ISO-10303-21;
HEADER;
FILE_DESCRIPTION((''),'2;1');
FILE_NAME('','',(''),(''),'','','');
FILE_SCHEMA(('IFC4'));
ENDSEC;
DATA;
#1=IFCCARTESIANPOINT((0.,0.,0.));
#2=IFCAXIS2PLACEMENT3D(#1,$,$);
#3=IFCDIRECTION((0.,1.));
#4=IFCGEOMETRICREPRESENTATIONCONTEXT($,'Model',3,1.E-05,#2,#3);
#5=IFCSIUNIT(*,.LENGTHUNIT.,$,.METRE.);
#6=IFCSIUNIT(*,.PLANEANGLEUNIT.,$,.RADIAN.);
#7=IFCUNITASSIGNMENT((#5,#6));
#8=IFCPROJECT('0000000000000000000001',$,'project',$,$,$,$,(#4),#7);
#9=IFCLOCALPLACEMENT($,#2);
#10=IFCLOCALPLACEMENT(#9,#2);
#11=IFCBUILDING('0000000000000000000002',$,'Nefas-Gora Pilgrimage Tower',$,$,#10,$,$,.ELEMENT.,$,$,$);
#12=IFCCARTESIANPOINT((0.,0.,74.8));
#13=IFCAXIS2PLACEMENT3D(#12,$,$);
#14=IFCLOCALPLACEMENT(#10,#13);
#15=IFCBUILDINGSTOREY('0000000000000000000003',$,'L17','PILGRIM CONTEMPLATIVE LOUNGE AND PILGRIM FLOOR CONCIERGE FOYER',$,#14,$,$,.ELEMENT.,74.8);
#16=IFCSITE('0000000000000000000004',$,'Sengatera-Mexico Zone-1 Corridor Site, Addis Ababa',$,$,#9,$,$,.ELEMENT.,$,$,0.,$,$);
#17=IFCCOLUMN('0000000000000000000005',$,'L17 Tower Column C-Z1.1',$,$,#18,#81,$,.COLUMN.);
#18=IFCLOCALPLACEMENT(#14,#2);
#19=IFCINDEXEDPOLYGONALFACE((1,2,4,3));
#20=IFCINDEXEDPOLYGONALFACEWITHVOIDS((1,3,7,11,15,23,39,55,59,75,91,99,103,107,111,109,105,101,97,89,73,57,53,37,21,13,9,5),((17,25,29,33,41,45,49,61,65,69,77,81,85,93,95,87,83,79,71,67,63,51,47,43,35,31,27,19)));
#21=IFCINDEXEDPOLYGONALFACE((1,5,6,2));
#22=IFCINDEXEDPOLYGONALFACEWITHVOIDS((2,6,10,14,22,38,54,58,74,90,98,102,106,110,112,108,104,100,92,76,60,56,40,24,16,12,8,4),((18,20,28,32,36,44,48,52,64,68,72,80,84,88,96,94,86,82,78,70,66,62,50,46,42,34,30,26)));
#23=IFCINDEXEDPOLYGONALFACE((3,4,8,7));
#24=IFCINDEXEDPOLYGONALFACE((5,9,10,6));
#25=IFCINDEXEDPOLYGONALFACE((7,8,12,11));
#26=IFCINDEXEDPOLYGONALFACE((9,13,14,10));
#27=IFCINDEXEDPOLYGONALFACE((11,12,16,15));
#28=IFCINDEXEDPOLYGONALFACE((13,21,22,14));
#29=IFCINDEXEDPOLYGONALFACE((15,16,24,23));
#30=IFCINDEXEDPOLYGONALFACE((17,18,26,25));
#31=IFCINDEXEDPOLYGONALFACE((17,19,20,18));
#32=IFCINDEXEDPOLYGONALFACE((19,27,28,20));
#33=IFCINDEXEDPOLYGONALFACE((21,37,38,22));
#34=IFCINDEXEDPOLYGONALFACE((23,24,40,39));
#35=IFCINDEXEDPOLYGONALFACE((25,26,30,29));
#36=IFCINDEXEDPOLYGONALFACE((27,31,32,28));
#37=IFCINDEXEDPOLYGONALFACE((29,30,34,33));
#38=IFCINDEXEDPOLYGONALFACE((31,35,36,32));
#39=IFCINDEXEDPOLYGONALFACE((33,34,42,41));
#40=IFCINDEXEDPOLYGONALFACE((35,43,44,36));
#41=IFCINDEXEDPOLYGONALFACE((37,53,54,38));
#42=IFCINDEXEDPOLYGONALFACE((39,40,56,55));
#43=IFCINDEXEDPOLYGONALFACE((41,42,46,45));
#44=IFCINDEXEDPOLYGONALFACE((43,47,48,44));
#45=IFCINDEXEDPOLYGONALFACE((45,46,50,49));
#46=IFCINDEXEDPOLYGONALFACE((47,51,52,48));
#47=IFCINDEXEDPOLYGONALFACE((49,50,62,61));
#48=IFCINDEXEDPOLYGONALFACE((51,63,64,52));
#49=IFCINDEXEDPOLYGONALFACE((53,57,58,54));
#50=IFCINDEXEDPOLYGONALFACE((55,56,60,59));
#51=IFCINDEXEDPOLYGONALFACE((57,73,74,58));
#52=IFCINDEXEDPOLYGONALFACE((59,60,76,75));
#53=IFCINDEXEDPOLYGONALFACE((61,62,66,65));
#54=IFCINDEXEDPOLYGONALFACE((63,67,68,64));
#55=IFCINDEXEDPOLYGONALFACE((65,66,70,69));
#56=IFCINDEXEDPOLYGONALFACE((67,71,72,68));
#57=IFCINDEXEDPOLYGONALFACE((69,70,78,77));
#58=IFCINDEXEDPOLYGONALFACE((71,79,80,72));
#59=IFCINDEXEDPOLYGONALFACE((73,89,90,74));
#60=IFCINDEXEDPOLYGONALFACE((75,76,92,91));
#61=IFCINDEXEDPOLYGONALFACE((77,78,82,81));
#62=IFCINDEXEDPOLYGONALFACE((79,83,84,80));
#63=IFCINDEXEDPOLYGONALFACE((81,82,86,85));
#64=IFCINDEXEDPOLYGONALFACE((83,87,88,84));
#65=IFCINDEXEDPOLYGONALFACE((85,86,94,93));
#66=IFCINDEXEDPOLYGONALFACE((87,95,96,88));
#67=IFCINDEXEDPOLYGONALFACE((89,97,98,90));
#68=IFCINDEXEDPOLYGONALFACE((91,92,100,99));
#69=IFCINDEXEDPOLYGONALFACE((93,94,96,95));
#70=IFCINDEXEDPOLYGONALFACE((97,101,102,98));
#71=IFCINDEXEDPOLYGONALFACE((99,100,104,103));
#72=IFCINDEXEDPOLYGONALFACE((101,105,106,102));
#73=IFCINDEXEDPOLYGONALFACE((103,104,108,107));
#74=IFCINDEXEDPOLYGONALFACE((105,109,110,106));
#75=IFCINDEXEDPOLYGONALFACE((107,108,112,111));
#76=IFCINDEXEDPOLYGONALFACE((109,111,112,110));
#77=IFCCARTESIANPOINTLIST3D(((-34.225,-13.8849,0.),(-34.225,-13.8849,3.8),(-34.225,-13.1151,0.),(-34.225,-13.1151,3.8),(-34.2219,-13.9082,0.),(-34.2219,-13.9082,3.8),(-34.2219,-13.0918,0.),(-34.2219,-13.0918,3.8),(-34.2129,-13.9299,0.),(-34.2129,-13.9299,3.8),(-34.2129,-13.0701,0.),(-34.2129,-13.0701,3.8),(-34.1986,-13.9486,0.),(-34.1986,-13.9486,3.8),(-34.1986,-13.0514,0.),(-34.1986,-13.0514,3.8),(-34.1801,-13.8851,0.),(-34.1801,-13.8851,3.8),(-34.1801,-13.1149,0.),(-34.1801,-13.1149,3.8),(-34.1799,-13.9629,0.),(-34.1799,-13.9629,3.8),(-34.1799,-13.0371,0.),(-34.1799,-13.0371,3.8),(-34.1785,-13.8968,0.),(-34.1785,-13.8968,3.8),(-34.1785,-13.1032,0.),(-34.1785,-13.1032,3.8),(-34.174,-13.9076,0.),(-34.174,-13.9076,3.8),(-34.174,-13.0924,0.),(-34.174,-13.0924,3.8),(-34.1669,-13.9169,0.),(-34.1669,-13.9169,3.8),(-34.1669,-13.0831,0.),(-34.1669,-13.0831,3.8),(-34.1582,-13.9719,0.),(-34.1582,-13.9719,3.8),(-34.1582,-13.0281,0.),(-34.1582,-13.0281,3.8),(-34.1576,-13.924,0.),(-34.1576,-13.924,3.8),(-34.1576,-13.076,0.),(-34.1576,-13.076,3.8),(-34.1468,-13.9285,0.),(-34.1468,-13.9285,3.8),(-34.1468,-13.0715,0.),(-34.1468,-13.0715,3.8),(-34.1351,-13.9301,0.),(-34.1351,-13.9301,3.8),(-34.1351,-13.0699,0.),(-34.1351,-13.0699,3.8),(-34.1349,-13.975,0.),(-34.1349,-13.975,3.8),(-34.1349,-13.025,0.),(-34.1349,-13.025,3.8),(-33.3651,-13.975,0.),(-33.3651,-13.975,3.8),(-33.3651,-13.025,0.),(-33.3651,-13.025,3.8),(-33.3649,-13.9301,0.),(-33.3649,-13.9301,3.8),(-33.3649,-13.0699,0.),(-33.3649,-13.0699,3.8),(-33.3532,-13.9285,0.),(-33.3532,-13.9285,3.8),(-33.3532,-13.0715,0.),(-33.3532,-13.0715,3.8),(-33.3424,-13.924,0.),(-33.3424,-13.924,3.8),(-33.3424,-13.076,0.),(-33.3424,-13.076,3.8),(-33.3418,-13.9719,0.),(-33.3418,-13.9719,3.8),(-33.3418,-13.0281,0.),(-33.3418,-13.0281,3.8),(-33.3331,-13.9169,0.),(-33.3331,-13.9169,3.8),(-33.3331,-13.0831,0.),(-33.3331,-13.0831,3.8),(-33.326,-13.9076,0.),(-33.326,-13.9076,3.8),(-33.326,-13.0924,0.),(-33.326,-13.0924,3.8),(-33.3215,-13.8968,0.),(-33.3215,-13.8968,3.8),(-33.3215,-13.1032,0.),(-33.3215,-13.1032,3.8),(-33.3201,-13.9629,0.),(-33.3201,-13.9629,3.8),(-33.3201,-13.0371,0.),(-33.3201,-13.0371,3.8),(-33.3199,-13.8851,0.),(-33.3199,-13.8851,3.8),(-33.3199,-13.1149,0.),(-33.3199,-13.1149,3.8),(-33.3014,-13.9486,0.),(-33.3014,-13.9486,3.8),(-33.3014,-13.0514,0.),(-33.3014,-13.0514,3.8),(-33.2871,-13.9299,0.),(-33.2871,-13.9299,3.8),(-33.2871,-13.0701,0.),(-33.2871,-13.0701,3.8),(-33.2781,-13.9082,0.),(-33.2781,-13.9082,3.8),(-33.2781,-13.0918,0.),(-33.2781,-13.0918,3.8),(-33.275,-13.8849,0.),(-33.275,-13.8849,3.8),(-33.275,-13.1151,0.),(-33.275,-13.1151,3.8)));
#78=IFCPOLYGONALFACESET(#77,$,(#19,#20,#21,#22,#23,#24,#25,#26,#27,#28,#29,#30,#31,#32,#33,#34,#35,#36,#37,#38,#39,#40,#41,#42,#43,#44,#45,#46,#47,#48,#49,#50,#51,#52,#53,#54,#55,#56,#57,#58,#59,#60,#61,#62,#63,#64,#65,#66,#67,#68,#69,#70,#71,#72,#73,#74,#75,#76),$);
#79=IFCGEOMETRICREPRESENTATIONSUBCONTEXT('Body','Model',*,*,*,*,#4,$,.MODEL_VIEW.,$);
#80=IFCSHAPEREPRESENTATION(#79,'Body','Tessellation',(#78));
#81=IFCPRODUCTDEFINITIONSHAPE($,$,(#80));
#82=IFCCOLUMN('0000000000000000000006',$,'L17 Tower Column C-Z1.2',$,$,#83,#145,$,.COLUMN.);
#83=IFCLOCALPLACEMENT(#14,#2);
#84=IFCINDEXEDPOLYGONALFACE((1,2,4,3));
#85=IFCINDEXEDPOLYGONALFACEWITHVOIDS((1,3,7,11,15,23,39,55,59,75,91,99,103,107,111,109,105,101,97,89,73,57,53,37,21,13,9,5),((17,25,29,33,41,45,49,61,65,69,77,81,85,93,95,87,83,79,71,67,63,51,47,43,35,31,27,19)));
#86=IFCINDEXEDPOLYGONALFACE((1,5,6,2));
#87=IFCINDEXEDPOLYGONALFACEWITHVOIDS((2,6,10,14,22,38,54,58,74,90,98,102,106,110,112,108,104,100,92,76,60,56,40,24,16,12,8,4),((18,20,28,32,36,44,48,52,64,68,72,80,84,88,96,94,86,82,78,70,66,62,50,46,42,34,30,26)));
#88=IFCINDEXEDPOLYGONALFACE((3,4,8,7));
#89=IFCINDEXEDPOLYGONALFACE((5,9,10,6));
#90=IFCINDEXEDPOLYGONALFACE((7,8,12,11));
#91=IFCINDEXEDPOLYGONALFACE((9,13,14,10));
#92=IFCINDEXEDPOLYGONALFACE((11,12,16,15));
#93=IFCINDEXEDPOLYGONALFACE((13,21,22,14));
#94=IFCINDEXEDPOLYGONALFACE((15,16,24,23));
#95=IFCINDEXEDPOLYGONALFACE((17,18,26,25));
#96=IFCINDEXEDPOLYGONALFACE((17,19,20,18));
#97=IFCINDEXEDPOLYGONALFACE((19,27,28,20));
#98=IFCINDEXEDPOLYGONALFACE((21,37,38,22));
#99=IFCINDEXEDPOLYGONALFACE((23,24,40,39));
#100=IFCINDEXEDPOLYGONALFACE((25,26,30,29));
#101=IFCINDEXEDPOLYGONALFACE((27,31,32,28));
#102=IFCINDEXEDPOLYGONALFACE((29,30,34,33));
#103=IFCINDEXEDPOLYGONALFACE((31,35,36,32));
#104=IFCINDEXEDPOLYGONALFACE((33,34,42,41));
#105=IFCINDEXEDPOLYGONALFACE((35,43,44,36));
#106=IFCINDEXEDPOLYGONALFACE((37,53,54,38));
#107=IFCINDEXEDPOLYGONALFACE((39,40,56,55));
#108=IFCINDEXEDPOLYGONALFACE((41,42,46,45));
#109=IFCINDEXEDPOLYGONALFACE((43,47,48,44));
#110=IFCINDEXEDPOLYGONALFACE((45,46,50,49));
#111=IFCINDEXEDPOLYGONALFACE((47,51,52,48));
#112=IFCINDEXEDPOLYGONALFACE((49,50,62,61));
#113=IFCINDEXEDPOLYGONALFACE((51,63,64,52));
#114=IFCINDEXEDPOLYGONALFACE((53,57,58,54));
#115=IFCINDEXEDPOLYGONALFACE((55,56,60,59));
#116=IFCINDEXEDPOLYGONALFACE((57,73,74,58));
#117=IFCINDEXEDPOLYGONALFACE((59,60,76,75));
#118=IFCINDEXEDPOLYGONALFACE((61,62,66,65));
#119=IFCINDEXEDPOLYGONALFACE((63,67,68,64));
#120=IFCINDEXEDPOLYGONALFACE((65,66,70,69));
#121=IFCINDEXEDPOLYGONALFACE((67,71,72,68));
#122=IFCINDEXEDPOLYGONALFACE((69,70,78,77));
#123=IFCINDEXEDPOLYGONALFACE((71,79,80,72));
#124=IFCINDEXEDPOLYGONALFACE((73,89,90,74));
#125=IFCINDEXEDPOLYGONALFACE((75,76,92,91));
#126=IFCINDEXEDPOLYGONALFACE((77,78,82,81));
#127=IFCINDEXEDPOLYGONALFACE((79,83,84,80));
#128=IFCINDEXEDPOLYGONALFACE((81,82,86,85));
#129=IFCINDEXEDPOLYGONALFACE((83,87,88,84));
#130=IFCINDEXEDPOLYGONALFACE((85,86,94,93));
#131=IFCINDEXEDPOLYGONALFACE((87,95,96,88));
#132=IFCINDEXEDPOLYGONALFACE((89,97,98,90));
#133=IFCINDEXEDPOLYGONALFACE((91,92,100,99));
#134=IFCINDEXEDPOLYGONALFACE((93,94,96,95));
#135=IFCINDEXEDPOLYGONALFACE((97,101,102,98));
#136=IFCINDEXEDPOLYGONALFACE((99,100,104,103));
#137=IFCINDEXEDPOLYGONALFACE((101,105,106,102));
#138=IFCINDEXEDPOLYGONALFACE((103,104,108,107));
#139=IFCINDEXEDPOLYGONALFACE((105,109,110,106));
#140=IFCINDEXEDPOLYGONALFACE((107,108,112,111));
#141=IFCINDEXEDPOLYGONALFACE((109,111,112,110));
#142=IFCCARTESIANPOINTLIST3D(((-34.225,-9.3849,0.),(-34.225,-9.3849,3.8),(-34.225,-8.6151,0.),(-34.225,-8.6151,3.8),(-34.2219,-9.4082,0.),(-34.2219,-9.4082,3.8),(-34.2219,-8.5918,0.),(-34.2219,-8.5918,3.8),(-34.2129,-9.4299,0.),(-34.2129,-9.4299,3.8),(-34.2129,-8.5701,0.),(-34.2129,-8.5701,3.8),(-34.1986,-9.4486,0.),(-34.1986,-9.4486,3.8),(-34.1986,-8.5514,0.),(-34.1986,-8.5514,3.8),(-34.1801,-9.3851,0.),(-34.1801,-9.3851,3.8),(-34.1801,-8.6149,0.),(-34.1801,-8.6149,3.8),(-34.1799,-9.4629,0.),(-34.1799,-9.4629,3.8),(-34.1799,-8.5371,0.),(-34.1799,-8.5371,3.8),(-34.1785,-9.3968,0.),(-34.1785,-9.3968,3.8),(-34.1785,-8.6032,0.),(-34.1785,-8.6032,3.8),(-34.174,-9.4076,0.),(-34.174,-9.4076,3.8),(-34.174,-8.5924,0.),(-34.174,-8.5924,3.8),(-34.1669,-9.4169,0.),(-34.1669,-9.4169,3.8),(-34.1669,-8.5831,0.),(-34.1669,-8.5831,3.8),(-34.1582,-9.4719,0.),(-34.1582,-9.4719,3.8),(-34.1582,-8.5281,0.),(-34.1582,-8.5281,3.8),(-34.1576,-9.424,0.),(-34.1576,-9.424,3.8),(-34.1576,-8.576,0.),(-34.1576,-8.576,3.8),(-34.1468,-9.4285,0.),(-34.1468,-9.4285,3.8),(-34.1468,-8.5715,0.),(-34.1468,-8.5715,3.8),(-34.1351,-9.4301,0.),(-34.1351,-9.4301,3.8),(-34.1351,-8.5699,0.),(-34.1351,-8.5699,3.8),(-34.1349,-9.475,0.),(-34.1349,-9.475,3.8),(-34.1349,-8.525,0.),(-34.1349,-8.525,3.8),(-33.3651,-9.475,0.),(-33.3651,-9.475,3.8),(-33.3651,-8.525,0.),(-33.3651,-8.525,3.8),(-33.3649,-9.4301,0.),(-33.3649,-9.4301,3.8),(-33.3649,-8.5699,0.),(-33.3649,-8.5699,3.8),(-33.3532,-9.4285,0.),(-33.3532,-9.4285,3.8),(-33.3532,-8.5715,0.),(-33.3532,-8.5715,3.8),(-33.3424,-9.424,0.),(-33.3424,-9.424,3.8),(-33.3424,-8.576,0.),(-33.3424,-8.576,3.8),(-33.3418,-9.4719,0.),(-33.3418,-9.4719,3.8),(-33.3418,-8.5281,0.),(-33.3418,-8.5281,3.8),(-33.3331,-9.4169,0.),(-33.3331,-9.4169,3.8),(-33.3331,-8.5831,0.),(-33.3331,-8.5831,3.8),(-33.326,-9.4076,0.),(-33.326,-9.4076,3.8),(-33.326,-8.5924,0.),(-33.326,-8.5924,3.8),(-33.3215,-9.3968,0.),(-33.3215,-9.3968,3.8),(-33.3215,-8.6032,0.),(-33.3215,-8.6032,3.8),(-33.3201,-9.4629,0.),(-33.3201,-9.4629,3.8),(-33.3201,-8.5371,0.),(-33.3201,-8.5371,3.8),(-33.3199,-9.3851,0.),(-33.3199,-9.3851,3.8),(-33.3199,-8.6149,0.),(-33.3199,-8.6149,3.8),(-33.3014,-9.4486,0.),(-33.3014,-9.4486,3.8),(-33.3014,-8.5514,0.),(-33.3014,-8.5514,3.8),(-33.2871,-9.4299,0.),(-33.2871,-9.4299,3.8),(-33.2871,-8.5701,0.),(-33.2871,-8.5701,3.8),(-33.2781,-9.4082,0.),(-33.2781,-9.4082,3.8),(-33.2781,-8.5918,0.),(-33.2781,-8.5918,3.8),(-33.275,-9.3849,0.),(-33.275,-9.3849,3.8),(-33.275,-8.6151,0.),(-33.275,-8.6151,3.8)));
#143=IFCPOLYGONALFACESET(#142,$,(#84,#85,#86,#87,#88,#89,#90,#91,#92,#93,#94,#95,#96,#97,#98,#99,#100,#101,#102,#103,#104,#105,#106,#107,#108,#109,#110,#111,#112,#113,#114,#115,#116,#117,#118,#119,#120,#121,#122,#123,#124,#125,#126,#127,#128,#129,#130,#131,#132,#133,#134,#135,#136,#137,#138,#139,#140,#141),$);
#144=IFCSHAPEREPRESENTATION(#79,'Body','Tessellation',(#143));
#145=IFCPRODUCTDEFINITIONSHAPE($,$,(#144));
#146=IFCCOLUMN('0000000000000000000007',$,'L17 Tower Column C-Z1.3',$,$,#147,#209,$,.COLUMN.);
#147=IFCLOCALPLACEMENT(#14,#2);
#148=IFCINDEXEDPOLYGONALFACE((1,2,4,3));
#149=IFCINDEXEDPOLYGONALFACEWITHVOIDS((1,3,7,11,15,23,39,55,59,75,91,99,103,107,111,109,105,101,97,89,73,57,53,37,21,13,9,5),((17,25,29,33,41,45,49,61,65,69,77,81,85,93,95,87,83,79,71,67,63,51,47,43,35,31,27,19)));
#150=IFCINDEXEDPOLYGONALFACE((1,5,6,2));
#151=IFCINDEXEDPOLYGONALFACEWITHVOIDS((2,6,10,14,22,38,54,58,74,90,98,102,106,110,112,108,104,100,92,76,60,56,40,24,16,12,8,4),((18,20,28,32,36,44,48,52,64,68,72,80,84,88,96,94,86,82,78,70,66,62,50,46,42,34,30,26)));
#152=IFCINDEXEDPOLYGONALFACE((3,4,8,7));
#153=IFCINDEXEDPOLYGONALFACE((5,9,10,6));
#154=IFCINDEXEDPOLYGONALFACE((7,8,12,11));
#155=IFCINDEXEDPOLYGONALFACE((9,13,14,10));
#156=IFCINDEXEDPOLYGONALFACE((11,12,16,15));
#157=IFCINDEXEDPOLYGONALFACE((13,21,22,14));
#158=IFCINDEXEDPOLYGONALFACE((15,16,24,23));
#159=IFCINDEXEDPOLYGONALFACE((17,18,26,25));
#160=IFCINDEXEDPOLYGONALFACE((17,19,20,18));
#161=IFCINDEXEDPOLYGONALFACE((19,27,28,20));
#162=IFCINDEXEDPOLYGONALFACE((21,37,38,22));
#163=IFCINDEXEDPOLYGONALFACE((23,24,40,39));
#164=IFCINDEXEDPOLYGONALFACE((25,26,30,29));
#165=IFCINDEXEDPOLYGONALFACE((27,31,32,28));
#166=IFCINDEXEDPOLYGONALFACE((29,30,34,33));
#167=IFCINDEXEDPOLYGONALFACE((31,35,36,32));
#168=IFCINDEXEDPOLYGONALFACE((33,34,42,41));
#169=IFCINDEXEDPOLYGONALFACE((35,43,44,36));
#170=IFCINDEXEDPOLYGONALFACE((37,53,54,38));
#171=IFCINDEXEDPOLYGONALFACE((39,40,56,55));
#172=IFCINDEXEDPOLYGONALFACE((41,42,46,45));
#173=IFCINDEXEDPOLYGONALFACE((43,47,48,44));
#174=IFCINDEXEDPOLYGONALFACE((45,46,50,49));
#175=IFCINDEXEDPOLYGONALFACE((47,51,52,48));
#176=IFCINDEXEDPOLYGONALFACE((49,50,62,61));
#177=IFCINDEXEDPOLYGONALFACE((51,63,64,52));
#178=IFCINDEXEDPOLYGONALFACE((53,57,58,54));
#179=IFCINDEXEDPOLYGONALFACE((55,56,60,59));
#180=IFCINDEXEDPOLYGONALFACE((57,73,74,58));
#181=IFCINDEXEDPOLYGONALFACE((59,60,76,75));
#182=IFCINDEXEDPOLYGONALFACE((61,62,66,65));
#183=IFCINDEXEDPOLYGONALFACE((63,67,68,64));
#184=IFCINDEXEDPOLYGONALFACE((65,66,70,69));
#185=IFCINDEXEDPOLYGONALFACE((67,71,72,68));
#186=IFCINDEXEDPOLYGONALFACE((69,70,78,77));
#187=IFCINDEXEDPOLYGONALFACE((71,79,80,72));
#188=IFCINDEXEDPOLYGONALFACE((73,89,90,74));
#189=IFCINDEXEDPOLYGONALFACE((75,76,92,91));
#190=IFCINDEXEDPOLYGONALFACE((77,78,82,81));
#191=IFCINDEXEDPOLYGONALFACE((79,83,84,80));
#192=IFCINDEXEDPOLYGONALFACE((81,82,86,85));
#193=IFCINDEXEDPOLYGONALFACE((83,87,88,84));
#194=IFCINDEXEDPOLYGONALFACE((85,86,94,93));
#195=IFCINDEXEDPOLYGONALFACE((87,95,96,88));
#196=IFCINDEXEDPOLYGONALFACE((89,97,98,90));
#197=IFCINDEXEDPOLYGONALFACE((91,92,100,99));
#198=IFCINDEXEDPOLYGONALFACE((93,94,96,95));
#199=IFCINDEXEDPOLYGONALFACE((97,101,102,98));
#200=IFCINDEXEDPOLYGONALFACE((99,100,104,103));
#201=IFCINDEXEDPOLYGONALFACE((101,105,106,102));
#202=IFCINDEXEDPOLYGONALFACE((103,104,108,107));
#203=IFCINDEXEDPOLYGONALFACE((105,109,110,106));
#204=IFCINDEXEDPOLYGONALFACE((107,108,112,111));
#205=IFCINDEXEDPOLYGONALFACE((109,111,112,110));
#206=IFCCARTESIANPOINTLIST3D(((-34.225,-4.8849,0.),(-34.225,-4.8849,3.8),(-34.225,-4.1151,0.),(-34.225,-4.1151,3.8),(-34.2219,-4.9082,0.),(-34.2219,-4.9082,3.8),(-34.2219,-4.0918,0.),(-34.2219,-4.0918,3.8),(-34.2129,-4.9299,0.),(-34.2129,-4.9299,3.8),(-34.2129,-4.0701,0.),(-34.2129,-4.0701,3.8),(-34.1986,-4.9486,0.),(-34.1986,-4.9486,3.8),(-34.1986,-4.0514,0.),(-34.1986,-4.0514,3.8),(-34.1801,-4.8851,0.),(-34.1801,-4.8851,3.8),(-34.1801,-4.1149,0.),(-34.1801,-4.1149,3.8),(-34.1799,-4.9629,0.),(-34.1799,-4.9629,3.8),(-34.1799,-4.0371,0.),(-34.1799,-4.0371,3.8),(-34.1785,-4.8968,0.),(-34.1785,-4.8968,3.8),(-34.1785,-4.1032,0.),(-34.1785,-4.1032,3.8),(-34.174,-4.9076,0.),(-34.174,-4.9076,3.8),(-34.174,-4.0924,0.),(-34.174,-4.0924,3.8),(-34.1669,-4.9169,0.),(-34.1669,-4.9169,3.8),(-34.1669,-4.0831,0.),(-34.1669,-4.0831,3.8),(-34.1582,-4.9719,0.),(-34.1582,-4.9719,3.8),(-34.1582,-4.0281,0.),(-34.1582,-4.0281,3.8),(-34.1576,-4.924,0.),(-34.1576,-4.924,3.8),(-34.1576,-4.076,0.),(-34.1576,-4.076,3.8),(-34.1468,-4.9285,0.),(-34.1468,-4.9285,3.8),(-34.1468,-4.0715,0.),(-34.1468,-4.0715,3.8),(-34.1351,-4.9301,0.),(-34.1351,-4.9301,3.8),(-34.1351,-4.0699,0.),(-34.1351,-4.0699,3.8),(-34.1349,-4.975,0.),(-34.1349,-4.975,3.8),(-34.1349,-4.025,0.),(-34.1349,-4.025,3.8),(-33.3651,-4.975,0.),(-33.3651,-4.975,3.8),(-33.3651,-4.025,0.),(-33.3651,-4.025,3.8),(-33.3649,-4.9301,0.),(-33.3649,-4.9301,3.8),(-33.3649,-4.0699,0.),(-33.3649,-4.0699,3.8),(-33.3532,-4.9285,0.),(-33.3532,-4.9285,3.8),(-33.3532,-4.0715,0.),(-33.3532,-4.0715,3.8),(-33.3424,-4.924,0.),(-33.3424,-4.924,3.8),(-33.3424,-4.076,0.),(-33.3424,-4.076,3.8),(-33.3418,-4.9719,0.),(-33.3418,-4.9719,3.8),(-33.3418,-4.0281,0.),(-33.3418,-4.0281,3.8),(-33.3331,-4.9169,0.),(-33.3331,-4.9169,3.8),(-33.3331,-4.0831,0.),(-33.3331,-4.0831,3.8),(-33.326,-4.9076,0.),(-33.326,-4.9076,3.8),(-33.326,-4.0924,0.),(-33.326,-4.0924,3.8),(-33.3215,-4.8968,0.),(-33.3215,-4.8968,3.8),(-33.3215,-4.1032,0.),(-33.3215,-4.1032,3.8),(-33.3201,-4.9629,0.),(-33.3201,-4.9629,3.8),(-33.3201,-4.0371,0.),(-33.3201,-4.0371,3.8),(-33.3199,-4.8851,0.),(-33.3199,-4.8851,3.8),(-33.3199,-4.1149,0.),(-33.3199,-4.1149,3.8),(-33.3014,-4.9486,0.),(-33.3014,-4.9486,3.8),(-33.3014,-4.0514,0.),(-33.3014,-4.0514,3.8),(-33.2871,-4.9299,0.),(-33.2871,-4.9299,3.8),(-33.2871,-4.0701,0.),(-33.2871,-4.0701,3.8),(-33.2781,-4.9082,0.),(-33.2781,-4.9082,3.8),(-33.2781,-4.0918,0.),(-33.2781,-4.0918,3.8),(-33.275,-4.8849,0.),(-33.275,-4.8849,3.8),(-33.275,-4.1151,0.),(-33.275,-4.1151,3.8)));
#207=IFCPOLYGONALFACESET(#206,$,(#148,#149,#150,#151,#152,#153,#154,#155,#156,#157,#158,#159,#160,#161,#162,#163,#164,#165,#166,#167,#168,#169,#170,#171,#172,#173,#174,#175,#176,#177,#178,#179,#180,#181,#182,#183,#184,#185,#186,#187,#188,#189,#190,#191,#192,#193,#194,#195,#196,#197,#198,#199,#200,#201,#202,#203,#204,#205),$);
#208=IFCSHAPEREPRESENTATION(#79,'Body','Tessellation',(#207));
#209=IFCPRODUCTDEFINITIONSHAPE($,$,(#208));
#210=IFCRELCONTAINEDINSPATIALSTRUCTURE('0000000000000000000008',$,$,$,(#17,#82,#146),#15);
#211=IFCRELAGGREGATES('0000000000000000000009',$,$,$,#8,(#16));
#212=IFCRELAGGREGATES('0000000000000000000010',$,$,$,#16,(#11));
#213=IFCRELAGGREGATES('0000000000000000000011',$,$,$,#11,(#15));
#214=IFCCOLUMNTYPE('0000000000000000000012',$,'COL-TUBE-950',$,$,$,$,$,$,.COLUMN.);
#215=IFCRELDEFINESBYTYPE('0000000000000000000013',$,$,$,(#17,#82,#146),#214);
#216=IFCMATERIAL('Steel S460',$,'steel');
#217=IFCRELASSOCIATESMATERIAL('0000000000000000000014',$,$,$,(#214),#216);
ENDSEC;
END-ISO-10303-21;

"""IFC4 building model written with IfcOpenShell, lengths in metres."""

from ifc_helpers import new_model, si_unit, direction, frame, origin, origin_2d, place, context, subcontext, project, spatial, hollow_rectangle, extrude, source, transform, mapped, material, material_profile, profile_set, type_object, element, save


model = new_model("IFC4")

# Units and contexts
model_context = context("Model", 3, precision=1e-05, world=origin(), true_north=direction((0.0, 1.0)))
body_context = subcontext(model_context, "Body", "Model", "MODEL_VIEW")
ifc_project = project(units=[si_unit("LENGTHUNIT", "METRE"), si_unit("PLANEANGLEUNIT", "RADIAN")], contexts=[model_context])

# Site, building, storey
site_placement = place(None, origin())
site = spatial("IfcSite", under=ifc_project, at=site_placement, Name="Sengatera-Mexico Zone-1 Corridor Site, Addis Ababa", CompositionType="ELEMENT", RefElevation=0.0)
building_placement = place(site_placement, origin())
building = spatial("IfcBuilding", under=site, at=building_placement, Name="Nefas-Gora Pilgrimage Tower", CompositionType="ELEMENT")
storey_placement = place(building_placement, frame((0.0, 0.0, 74.8)))
storey = spatial("IfcBuildingStorey", under=building, at=storey_placement, Name="L17", Description="PILGRIM CONTEMPLATIVE LOUNGE AND PILGRIM FLOOR CONCIERGE FOYER", CompositionType="ELEMENT", Elevation=74.8)

# Columns
ifc_material_1 = material(Name="Steel S460", Category="steel")
ifc_material_profile_1 = material_profile(ifc_material_1, hollow_rectangle(XDim=0.95, YDim=0.95, WallThickness=0.0449, InnerFilletRadius=0.0449, OuterFilletRadius=0.0901, at=origin_2d()), Name="BOX 950x950x45")
ifc_profile_set_1 = profile_set([ifc_material_profile_1], Name="Steel S460")
column_type_1 = type_object("IfcColumnType", Name="COL-TUBE-950", PredefinedType="COLUMN", material=ifc_profile_set_1)
shared_shape_1 = source(origin(), body_context, "Body", "SweptSolid", [
    extrude(hollow_rectangle(XDim=0.95, YDim=0.95, WallThickness=0.0449, InnerFilletRadius=0.0449, OuterFilletRadius=0.0901, at=origin_2d()), origin(), (0.0, 0.0, 1.0), 3.8),
])
for number, where, z_axis, x_axis, name in (
    (1, (-33.75, -13.5, 0.0), (0.0, 0.0, 1.0), (1.0, 0.0, 0.0), "L17 Tower Column C-Z1.1"),
    (2, (-33.75, -9.0, 0.0), (0.0, 0.0, 1.0), (1.0, 0.0, 0.0), "L17 Tower Column C-Z1.2"),
    (3, (-33.75, -4.5, 0.0), (0.0, 0.0, 1.0), (1.0, 0.0, 0.0), "L17 Tower Column C-Z1.3"),
):
    element("IfcColumn", number, at=place(storey_placement, frame(where, z_axis=z_axis, x_axis=x_axis)), inside=storey, type_object=column_type_1, Name=name, PredefinedType="COLUMN", context=body_context, shape_type="MappedRepresentation", body=[
        mapped(shared_shape_1, transform((0.0, 0.0, 0.0), x_axis=(1.0, 0.0, 0.0), y_axis=(0.0, 1.0, 0.0), z_axis=(0.0, 0.0, 1.0), scale=1.0)),
    ])

save(model, "model.ifc")
